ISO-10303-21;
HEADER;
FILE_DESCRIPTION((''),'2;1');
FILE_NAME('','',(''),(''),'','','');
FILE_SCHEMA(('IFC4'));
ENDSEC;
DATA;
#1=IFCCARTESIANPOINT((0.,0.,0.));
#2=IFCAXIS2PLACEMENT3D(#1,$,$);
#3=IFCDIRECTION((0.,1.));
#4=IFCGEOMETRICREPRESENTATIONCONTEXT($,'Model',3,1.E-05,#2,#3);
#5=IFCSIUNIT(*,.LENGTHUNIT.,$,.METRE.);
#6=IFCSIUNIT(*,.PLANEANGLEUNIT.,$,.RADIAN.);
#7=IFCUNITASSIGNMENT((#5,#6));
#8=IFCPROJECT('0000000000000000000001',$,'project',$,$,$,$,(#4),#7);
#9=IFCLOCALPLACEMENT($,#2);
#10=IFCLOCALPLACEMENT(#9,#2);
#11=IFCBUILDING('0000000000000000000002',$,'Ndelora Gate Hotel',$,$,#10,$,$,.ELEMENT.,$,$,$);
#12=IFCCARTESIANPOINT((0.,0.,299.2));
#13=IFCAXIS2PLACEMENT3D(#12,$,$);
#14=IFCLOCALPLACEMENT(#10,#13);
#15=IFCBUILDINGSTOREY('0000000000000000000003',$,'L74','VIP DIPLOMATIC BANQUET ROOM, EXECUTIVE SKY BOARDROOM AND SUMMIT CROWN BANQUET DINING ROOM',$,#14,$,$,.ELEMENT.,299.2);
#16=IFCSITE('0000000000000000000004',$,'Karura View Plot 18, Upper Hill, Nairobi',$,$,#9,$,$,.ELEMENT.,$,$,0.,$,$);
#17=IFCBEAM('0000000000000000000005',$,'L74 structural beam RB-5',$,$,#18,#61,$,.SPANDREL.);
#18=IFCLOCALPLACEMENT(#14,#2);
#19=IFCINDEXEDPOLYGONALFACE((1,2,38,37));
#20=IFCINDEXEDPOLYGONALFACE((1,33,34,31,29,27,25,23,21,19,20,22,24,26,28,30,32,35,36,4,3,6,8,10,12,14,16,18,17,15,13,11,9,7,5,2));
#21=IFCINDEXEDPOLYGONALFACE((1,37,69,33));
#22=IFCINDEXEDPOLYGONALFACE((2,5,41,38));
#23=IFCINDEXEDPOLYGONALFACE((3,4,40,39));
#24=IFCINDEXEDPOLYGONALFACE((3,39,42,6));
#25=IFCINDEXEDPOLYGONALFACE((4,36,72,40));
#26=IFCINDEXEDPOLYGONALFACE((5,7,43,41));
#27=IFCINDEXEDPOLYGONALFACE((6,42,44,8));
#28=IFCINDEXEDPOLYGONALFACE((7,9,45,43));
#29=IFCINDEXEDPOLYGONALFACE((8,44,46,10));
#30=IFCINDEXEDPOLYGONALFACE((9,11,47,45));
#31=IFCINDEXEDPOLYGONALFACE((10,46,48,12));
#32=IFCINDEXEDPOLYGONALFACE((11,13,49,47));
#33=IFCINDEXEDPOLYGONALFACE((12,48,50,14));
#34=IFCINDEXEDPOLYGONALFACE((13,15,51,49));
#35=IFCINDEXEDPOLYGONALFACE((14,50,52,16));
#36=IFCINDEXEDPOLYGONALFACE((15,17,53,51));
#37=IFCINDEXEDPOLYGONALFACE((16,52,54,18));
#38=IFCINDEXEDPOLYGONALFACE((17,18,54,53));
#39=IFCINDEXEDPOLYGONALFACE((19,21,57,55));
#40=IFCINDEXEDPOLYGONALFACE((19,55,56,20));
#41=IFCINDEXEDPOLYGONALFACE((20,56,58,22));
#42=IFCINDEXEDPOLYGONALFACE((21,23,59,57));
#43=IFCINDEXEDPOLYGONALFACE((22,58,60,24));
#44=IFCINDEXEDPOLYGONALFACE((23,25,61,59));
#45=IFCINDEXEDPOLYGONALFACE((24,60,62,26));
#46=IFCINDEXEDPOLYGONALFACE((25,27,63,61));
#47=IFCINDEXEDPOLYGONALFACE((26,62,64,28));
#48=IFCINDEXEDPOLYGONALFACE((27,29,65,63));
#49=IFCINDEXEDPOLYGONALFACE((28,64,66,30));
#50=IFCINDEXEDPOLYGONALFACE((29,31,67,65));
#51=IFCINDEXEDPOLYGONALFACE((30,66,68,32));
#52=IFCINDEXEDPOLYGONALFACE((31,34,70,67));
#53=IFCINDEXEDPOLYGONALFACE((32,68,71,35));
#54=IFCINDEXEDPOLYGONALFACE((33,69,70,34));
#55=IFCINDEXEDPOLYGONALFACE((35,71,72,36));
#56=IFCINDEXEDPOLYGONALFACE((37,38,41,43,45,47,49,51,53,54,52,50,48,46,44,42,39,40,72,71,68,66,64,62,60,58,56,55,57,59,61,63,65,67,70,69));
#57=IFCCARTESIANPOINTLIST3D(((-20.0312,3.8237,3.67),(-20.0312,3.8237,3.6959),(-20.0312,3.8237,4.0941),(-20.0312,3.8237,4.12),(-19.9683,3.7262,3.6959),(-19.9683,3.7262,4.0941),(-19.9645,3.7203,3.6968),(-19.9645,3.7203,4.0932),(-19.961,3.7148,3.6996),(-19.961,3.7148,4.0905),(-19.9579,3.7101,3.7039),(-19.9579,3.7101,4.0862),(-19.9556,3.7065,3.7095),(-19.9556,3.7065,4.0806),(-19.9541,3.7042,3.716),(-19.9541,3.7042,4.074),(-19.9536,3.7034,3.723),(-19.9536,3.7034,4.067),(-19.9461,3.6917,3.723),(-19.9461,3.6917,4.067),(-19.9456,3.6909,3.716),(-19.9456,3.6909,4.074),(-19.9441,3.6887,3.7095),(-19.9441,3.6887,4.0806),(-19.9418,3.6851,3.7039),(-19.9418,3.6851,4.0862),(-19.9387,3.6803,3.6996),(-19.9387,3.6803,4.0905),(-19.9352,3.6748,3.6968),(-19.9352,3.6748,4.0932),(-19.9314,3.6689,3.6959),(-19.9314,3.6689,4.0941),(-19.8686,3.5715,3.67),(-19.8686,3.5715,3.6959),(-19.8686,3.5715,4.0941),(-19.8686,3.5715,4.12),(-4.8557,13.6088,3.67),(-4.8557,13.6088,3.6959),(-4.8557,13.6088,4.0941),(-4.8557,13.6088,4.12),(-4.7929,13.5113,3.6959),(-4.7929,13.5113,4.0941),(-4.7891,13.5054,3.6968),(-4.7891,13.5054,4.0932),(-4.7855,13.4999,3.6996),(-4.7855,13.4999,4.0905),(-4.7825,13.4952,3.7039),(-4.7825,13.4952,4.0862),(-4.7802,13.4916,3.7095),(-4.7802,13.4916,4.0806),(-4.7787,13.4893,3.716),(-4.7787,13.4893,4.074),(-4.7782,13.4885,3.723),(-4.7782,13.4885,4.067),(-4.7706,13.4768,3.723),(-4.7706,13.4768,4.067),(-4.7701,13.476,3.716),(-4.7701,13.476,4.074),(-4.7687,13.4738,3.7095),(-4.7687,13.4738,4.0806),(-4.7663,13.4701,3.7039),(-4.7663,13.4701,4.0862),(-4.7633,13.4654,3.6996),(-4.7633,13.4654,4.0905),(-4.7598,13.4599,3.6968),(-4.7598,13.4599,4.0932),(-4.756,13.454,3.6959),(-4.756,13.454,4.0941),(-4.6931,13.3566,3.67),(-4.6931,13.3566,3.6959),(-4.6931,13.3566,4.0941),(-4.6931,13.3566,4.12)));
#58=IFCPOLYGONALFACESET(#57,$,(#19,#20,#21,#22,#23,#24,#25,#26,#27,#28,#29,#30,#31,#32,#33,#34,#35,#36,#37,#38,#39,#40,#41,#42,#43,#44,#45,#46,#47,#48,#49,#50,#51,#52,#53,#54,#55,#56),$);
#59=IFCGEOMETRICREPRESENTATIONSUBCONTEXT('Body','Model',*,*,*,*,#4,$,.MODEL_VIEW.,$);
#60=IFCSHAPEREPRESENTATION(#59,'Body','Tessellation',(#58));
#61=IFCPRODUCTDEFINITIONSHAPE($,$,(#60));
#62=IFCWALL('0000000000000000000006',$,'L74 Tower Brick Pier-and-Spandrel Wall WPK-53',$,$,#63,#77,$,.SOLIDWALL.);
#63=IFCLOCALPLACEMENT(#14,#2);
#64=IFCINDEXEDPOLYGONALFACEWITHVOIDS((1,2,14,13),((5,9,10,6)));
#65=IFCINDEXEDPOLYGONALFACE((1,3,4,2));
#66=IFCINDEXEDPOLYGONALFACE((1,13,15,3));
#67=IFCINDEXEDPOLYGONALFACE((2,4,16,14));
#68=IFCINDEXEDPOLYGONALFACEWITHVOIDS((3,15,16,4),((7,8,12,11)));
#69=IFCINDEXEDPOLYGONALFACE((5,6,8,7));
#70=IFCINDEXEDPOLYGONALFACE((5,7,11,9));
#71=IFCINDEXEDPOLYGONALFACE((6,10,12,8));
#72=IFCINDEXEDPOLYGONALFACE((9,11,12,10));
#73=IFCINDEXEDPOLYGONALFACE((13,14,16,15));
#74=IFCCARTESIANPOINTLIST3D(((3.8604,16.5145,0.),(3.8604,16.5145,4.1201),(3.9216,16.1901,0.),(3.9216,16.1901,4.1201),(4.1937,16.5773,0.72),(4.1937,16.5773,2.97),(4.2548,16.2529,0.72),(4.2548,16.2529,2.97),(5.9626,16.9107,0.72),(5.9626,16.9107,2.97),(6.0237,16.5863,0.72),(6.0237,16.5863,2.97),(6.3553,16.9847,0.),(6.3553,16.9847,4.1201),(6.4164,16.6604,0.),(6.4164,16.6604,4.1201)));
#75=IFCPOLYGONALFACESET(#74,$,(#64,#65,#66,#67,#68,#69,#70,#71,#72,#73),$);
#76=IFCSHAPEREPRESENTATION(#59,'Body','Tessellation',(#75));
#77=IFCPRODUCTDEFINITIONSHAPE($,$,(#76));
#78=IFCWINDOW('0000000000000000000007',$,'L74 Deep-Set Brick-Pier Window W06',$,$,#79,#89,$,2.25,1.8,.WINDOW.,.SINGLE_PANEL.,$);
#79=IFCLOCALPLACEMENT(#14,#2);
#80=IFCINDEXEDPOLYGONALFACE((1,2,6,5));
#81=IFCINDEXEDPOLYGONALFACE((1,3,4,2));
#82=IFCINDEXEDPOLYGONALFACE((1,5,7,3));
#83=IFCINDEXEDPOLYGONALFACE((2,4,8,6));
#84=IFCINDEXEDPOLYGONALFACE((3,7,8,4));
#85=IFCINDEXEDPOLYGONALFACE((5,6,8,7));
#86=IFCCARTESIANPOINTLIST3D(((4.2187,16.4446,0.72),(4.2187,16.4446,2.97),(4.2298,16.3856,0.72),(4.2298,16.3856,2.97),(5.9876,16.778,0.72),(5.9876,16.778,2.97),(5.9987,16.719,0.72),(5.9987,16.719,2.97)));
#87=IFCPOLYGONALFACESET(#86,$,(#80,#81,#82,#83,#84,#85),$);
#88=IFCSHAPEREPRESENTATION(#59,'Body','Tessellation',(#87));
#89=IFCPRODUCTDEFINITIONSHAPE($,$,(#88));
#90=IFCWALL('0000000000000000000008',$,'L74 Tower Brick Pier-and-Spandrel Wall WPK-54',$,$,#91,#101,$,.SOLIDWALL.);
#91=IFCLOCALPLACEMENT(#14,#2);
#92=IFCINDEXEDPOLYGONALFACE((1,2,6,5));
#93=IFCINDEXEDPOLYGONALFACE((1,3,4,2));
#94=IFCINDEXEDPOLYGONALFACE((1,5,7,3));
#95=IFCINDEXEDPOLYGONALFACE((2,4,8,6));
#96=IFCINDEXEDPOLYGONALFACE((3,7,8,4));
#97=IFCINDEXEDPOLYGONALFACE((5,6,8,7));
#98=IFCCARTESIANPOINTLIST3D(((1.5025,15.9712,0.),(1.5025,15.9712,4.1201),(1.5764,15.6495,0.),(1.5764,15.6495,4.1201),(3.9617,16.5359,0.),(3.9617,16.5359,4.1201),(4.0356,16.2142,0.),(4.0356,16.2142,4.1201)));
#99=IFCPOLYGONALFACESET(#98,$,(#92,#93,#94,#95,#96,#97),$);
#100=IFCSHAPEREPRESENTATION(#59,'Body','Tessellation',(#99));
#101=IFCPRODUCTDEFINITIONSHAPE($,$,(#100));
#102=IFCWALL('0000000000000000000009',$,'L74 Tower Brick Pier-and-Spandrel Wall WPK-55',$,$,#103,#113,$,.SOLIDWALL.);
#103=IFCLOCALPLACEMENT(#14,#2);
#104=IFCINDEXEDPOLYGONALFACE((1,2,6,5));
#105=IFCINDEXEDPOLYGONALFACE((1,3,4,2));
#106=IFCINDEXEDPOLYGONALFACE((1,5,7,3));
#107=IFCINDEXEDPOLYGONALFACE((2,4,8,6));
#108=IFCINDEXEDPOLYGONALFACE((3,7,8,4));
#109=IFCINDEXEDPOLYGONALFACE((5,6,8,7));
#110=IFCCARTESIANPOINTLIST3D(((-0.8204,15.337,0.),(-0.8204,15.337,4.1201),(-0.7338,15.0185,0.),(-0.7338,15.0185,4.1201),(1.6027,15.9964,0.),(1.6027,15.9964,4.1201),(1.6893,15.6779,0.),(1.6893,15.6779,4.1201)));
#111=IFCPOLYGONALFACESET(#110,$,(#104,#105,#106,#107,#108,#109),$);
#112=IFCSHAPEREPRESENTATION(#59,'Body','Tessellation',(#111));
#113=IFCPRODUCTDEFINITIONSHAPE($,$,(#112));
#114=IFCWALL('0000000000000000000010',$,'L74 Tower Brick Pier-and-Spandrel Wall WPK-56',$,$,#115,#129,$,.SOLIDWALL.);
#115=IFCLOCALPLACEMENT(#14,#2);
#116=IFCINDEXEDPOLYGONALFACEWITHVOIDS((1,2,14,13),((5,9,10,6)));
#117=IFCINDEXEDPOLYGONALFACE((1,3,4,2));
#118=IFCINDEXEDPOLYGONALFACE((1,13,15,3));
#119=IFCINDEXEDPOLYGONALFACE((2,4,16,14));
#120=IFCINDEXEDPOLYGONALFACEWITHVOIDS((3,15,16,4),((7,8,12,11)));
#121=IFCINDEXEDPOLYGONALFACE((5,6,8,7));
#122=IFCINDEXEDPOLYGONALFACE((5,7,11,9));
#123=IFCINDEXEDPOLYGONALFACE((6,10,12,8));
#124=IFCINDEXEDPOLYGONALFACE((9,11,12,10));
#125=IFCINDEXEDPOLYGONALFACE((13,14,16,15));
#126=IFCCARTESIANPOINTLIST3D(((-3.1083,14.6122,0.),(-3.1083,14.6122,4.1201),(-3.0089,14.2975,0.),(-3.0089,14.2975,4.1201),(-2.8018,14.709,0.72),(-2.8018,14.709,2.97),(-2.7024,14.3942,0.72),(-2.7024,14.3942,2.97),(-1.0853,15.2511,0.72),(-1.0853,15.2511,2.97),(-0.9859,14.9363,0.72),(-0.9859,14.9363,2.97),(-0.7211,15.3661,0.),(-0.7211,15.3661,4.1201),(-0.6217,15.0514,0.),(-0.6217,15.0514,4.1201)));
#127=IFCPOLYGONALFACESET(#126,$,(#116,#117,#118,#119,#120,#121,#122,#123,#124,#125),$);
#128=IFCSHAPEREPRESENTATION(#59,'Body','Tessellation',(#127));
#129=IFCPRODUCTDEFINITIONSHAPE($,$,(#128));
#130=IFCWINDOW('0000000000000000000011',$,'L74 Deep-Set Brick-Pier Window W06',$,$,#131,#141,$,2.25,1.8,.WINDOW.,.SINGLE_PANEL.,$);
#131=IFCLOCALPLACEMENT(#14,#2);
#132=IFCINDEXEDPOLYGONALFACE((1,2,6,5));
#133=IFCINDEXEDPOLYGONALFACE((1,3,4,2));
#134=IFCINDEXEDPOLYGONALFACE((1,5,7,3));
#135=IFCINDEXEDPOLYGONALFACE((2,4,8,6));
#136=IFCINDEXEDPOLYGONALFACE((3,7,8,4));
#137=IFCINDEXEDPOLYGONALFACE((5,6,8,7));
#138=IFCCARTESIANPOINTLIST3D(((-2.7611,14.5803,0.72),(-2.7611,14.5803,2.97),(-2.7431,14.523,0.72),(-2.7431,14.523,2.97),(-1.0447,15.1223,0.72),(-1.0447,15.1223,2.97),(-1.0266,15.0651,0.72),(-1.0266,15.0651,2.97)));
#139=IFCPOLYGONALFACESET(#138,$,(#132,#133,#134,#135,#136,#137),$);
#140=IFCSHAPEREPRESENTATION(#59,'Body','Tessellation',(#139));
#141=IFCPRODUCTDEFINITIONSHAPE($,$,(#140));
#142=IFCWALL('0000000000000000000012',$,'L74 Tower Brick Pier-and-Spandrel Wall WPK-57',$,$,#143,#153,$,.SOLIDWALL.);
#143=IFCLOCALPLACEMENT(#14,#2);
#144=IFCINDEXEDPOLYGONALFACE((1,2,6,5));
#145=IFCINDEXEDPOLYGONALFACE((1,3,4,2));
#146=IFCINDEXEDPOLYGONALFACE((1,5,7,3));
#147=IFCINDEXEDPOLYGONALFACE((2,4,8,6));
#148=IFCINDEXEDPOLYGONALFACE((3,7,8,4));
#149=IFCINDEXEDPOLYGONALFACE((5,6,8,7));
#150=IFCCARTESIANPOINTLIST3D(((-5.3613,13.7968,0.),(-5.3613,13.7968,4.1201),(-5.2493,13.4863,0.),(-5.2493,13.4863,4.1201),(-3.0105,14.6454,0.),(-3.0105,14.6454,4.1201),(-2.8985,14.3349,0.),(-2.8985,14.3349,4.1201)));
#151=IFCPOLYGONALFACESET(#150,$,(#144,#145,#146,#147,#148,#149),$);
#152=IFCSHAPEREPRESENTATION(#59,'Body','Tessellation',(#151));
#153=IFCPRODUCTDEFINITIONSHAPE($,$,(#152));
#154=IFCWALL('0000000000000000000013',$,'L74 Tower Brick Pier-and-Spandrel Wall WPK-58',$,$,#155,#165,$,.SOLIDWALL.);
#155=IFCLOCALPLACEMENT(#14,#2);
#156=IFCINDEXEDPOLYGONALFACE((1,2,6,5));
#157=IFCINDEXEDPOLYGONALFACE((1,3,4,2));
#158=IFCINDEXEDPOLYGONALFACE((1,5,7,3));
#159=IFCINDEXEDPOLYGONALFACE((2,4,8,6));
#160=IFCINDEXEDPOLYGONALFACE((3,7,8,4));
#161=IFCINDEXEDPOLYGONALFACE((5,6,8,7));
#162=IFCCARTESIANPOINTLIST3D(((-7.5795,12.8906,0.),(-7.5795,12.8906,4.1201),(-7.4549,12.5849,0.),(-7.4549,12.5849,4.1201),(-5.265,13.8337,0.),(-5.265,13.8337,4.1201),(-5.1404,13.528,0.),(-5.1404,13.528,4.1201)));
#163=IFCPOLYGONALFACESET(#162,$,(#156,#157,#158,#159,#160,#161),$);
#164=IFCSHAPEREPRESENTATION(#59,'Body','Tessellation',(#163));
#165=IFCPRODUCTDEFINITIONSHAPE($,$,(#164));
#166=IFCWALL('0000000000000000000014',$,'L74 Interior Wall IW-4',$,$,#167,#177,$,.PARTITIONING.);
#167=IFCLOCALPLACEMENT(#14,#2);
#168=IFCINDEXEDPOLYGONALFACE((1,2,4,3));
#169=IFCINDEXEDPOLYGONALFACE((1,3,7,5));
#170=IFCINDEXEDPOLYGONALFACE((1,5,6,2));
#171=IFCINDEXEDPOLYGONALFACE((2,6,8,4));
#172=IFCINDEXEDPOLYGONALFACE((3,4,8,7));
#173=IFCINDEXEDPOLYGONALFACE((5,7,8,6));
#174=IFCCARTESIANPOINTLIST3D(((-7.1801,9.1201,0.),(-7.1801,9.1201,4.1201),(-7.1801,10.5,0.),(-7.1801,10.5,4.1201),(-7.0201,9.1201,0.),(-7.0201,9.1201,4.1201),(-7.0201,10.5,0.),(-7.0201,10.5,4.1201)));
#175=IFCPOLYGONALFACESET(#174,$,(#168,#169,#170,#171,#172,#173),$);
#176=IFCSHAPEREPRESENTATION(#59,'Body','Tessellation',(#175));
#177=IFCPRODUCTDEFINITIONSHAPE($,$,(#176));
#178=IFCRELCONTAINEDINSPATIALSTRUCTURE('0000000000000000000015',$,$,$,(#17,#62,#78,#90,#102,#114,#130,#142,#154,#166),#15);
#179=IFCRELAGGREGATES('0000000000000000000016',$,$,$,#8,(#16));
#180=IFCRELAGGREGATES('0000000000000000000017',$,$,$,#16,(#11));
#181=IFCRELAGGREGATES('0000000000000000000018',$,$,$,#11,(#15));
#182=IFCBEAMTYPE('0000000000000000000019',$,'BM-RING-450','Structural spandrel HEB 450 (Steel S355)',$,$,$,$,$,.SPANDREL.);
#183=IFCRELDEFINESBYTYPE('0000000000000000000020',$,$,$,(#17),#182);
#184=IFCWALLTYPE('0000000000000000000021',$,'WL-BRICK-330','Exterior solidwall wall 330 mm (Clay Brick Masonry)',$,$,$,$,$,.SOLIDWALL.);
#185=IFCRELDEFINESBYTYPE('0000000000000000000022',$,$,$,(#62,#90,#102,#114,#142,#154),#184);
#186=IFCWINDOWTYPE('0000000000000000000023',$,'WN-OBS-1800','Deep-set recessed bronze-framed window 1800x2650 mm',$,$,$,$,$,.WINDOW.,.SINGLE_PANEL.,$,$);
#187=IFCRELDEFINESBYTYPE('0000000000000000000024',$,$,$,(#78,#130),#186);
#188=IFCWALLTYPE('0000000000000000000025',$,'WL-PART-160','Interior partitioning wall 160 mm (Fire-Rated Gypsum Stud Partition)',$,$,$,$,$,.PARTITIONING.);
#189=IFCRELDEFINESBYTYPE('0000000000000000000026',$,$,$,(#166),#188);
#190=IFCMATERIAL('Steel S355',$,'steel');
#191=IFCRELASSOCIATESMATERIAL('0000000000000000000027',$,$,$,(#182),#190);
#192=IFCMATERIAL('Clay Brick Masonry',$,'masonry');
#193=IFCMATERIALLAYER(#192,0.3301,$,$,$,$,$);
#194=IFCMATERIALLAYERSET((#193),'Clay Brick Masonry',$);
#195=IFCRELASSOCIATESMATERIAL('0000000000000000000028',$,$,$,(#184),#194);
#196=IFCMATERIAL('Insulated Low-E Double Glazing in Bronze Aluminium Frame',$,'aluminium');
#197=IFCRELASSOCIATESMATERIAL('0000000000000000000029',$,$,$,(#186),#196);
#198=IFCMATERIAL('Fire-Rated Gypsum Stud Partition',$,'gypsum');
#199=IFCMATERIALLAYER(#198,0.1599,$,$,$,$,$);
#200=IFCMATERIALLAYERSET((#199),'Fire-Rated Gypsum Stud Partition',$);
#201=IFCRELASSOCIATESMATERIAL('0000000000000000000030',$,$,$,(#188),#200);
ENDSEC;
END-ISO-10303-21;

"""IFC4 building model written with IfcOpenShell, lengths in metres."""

from ifc_helpers import new_model, si_unit, direction, frame, frame_2d, origin, origin_2d, place, context, subcontext, project, spatial, rectangle, i_section, extrude, material, layer, layer_set, material_profile, profile_set, type_object, element, fill, save


model = new_model("IFC4")

# Units and contexts
model_context = context("Model", 3, precision=1e-05, world=origin(), true_north=direction((0.0, 1.0)))
body_context = subcontext(model_context, "Body", "Model", "MODEL_VIEW")
ifc_project = project(units=[si_unit("LENGTHUNIT", "METRE"), si_unit("PLANEANGLEUNIT", "RADIAN")], contexts=[model_context])

# Site, building, storey
site_placement = place(None, origin())
site = spatial("IfcSite", under=ifc_project, at=site_placement, Name="Karura View Plot 18, Upper Hill, Nairobi", CompositionType="ELEMENT", RefElevation=0.0)
building_placement = place(site_placement, origin())
building = spatial("IfcBuilding", under=site, at=building_placement, Name="Ndelora Gate Hotel", CompositionType="ELEMENT")
storey_placement = place(building_placement, frame((0.0, 0.0, 299.2)))
storey = spatial("IfcBuildingStorey", under=building, at=storey_placement, Name="L74", Description="VIP DIPLOMATIC BANQUET ROOM, EXECUTIVE SKY BOARDROOM AND SUMMIT CROWN BANQUET DINING ROOM", CompositionType="ELEMENT", Elevation=299.2)

# Beam
ifc_material_1 = material(Name="Steel S355", Category="steel")
ifc_material_profile_1 = material_profile(ifc_material_1, i_section(OverallWidth=0.3, OverallDepth=0.45, WebThickness=0.0139, FlangeThickness=0.0259, FilletRadius=0.0271, at=origin_2d()), Name="HEB 450")
ifc_profile_set_1 = profile_set([ifc_material_profile_1], Name="Steel S355")
beam_type_1 = type_object("IfcBeamType", Name="BM-RING-450", Description="Structural spandrel HEB 450 (Steel S355)", PredefinedType="SPANDREL", material=ifc_profile_set_1)
beam_1_placement = place(storey_placement, frame((-4.7744, 13.4827, 3.895), z_axis=(-0.840436, -0.541911, 0.0), x_axis=(0.541911, -0.840436, 0.0)))
element("IfcBeam", 1, at=beam_1_placement, inside=storey, type_object=beam_type_1, Name="L74 structural beam RB-5", PredefinedType="SPANDREL", context=body_context, shape_type="SweptSolid", body=[
    extrude(i_section(OverallWidth=0.3, OverallDepth=0.45, WebThickness=0.0139, FlangeThickness=0.0259, FilletRadius=0.0271, at=origin_2d()), origin(), (0.0, 0.0, 1.0), 18.0566),
])

# Wall, opening, window
ifc_material_2 = material(Name="Clay Brick Masonry", Category="masonry")
ifc_layer_1 = layer(ifc_material_2, 0.3301)
ifc_layer_set_1 = layer_set([ifc_layer_1], Name="Clay Brick Masonry")
wall_type_1 = type_object("IfcWallType", Name="WL-BRICK-330", Description="Exterior solidwall wall 330 mm (Clay Brick Masonry)", PredefinedType="SOLIDWALL", material=ifc_layer_set_1)
wall_1_placement = place(storey_placement, frame((3.8909, 16.3523, 0.0), z_axis=(0.0, 0.0, 1.0), x_axis=(0.982699, 0.185212, 0.0)))
wall_1 = element("IfcWall", 2, at=wall_1_placement, inside=storey, type_object=wall_type_1, Name="L74 Tower Brick Pier-and-Spandrel Wall WPK-53", PredefinedType="SOLIDWALL", context=body_context, shape_type="SweptSolid", body=[
    extrude(rectangle(XDim=2.5388, YDim=0.3301, at=frame_2d((1.2695, 0.0))), origin(), (0.0, 0.0, 1.0), 4.1201),
])
opening_1_placement = place(wall_1_placement, frame((0.3394, 0.0, 0.72)))
opening_1 = element("IfcOpeningElement", 3, at=opening_1_placement, cuts=wall_1, PredefinedType="OPENING", context=body_context, shape_type="SweptSolid", body=[
    extrude(rectangle(XDim=1.8, YDim=2.25, at=frame_2d((0.8999, 1.125))), frame((0.0, 0.175, 0.0), z_axis=(0.0, -1.0, 0.0), x_axis=(1.0, 0.0, 0.0)), (0.0, 0.0, 1.0), 0.3501),
])
ifc_material_3 = material(Name="Insulated Low-E Double Glazing in Bronze Aluminium Frame", Category="aluminium")
window_type = type_object("IfcWindowType", Name="WN-OBS-1800", Description="Deep-set recessed bronze-framed window 1800x2650 mm", PartitioningType="SINGLE_PANEL", PredefinedType="WINDOW", material=ifc_material_3)
window_1_placement = place(opening_1_placement, origin())
window_1 = element("IfcWindow", 4, at=window_1_placement, inside=storey, type_object=window_type, Name="L74 Deep-Set Brick-Pier Window W06", OverallHeight=2.25, OverallWidth=1.8, PartitioningType="SINGLE_PANEL", PredefinedType="WINDOW", context=body_context, shape_type="SweptSolid", body=[
    extrude(rectangle(XDim=1.8, YDim=2.25, at=frame_2d((0.8999, 1.125))), frame((0.0, 0.03, 0.0), z_axis=(0.0, -1.0, 0.0), x_axis=(1.0, 0.0, 0.0)), (0.0, 0.0, 1.0), 0.0601),
])
fill(opening_1, window_1)

# Walls
wall_2_placement = place(storey_placement, frame((1.5393, 15.8103, 0.0), z_axis=(0.0, 0.0, 1.0), x_axis=(0.974635, 0.223799, 0.0)))
element("IfcWall", 5, at=wall_2_placement, inside=storey, type_object=wall_type_1, Name="L74 Tower Brick Pier-and-Spandrel Wall WPK-54", PredefinedType="SOLIDWALL", context=body_context, shape_type="SweptSolid", body=[
    extrude(rectangle(XDim=2.5232, YDim=0.3301, at=frame_2d((1.2617, 0.0))), origin(), (0.0, 0.0, 1.0), 4.1201),
])
wall_3_placement = place(storey_placement, frame((-0.7771, 15.1777, 0.0), z_axis=(0.0, 0.0, 1.0), x_axis=(0.964907, 0.262591, 0.0)))
element("IfcWall", 6, at=wall_3_placement, inside=storey, type_object=wall_type_1, Name="L74 Tower Brick Pier-and-Spandrel Wall WPK-55", PredefinedType="SOLIDWALL", context=body_context, shape_type="SweptSolid", body=[
    extrude(rectangle(XDim=2.5112, YDim=0.3301, at=frame_2d((1.2556, 0.0))), origin(), (0.0, 0.0, 1.0), 4.1201),
])

# Wall, opening, window
wall_4_placement = place(storey_placement, frame((-3.0586, 14.4548, 0.0), z_axis=(0.0, 0.0, 1.0), x_axis=(0.953577, 0.30115, 0.0)))
wall_4 = element("IfcWall", 7, at=wall_4_placement, inside=storey, type_object=wall_type_1, Name="L74 Tower Brick Pier-and-Spandrel Wall WPK-56", PredefinedType="SOLIDWALL", context=body_context, shape_type="SweptSolid", body=[
    extrude(rectangle(XDim=2.5034, YDim=0.3301, at=frame_2d((1.2517, 0.0))), origin(), (0.0, 0.0, 1.0), 4.1201),
])
opening_2_placement = place(wall_4_placement, frame((0.3215, 0.0, 0.72)))
opening_2 = element("IfcOpeningElement", 8, at=opening_2_placement, cuts=wall_4, PredefinedType="OPENING", context=body_context, shape_type="SweptSolid", body=[
    extrude(rectangle(XDim=1.8, YDim=2.25, at=frame_2d((0.8999, 1.125))), frame((0.0, 0.175, 0.0), z_axis=(0.0, -1.0, 0.0), x_axis=(1.0, 0.0, 0.0)), (0.0, 0.0, 1.0), 0.3501),
])
window_2_placement = place(opening_2_placement, origin())
window_2 = element("IfcWindow", 9, at=window_2_placement, inside=storey, type_object=window_type, Name="L74 Deep-Set Brick-Pier Window W06", OverallHeight=2.25, OverallWidth=1.8, PartitioningType="SINGLE_PANEL", PredefinedType="WINDOW", context=body_context, shape_type="SweptSolid", body=[
    extrude(rectangle(XDim=1.8, YDim=2.25, at=frame_2d((0.8999, 1.125))), frame((0.0, 0.03, 0.0), z_axis=(0.0, -1.0, 0.0), x_axis=(1.0, 0.0, 0.0)), (0.0, 0.0, 1.0), 0.0601),
])
fill(opening_2, window_2)

# Walls
for number, where, z_axis, x_axis, name in (
    (10, (-5.3052, 13.6416, 0.0), (0.0, 0.0, 1.0), (0.940589, 0.339546, 0.0), "L74 Tower Brick Pier-and-Spandrel Wall WPK-57"),
    (11, (-7.5171, 12.7378, 0.0), (0.0, 0.0, 1.0), (0.926066, 0.377362, 0.0), "L74 Tower Brick Pier-and-Spandrel Wall WPK-58"),
):
    element("IfcWall", number, at=place(storey_placement, frame(where, z_axis=z_axis, x_axis=x_axis)), inside=storey, type_object=wall_type_1, Name=name, PredefinedType="SOLIDWALL", context=body_context, shape_type="SweptSolid", body=[
        extrude(rectangle(XDim=2.4993, YDim=0.3301, at=frame_2d((1.2495, 0.0))), origin(), (0.0, 0.0, 1.0), 4.1201),
    ])
ifc_material_4 = material(Name="Fire-Rated Gypsum Stud Partition", Category="gypsum")
ifc_layer_2 = layer(ifc_material_4, 0.1599)
ifc_layer_set_2 = layer_set([ifc_layer_2], Name="Fire-Rated Gypsum Stud Partition")
wall_type_2 = type_object("IfcWallType", Name="WL-PART-160", Description="Interior partitioning wall 160 mm (Fire-Rated Gypsum Stud Partition)", PredefinedType="PARTITIONING", material=ifc_layer_set_2)
wall_5_placement = place(storey_placement, frame((-7.1001, 9.1201, 0.0), z_axis=(0.0, 0.0, 1.0), x_axis=(0.0, 1.0, 0.0)))
element("IfcWall", 12, at=wall_5_placement, inside=storey, type_object=wall_type_2, Name="L74 Interior Wall IW-4", PredefinedType="PARTITIONING", context=body_context, shape_type="SweptSolid", body=[
    extrude(rectangle(XDim=1.3799, YDim=0.1599, at=frame_2d((0.6899, 0.0))), origin(), (0.0, 0.0, 1.0), 4.1201),
])

save(model, "model.ifc")
